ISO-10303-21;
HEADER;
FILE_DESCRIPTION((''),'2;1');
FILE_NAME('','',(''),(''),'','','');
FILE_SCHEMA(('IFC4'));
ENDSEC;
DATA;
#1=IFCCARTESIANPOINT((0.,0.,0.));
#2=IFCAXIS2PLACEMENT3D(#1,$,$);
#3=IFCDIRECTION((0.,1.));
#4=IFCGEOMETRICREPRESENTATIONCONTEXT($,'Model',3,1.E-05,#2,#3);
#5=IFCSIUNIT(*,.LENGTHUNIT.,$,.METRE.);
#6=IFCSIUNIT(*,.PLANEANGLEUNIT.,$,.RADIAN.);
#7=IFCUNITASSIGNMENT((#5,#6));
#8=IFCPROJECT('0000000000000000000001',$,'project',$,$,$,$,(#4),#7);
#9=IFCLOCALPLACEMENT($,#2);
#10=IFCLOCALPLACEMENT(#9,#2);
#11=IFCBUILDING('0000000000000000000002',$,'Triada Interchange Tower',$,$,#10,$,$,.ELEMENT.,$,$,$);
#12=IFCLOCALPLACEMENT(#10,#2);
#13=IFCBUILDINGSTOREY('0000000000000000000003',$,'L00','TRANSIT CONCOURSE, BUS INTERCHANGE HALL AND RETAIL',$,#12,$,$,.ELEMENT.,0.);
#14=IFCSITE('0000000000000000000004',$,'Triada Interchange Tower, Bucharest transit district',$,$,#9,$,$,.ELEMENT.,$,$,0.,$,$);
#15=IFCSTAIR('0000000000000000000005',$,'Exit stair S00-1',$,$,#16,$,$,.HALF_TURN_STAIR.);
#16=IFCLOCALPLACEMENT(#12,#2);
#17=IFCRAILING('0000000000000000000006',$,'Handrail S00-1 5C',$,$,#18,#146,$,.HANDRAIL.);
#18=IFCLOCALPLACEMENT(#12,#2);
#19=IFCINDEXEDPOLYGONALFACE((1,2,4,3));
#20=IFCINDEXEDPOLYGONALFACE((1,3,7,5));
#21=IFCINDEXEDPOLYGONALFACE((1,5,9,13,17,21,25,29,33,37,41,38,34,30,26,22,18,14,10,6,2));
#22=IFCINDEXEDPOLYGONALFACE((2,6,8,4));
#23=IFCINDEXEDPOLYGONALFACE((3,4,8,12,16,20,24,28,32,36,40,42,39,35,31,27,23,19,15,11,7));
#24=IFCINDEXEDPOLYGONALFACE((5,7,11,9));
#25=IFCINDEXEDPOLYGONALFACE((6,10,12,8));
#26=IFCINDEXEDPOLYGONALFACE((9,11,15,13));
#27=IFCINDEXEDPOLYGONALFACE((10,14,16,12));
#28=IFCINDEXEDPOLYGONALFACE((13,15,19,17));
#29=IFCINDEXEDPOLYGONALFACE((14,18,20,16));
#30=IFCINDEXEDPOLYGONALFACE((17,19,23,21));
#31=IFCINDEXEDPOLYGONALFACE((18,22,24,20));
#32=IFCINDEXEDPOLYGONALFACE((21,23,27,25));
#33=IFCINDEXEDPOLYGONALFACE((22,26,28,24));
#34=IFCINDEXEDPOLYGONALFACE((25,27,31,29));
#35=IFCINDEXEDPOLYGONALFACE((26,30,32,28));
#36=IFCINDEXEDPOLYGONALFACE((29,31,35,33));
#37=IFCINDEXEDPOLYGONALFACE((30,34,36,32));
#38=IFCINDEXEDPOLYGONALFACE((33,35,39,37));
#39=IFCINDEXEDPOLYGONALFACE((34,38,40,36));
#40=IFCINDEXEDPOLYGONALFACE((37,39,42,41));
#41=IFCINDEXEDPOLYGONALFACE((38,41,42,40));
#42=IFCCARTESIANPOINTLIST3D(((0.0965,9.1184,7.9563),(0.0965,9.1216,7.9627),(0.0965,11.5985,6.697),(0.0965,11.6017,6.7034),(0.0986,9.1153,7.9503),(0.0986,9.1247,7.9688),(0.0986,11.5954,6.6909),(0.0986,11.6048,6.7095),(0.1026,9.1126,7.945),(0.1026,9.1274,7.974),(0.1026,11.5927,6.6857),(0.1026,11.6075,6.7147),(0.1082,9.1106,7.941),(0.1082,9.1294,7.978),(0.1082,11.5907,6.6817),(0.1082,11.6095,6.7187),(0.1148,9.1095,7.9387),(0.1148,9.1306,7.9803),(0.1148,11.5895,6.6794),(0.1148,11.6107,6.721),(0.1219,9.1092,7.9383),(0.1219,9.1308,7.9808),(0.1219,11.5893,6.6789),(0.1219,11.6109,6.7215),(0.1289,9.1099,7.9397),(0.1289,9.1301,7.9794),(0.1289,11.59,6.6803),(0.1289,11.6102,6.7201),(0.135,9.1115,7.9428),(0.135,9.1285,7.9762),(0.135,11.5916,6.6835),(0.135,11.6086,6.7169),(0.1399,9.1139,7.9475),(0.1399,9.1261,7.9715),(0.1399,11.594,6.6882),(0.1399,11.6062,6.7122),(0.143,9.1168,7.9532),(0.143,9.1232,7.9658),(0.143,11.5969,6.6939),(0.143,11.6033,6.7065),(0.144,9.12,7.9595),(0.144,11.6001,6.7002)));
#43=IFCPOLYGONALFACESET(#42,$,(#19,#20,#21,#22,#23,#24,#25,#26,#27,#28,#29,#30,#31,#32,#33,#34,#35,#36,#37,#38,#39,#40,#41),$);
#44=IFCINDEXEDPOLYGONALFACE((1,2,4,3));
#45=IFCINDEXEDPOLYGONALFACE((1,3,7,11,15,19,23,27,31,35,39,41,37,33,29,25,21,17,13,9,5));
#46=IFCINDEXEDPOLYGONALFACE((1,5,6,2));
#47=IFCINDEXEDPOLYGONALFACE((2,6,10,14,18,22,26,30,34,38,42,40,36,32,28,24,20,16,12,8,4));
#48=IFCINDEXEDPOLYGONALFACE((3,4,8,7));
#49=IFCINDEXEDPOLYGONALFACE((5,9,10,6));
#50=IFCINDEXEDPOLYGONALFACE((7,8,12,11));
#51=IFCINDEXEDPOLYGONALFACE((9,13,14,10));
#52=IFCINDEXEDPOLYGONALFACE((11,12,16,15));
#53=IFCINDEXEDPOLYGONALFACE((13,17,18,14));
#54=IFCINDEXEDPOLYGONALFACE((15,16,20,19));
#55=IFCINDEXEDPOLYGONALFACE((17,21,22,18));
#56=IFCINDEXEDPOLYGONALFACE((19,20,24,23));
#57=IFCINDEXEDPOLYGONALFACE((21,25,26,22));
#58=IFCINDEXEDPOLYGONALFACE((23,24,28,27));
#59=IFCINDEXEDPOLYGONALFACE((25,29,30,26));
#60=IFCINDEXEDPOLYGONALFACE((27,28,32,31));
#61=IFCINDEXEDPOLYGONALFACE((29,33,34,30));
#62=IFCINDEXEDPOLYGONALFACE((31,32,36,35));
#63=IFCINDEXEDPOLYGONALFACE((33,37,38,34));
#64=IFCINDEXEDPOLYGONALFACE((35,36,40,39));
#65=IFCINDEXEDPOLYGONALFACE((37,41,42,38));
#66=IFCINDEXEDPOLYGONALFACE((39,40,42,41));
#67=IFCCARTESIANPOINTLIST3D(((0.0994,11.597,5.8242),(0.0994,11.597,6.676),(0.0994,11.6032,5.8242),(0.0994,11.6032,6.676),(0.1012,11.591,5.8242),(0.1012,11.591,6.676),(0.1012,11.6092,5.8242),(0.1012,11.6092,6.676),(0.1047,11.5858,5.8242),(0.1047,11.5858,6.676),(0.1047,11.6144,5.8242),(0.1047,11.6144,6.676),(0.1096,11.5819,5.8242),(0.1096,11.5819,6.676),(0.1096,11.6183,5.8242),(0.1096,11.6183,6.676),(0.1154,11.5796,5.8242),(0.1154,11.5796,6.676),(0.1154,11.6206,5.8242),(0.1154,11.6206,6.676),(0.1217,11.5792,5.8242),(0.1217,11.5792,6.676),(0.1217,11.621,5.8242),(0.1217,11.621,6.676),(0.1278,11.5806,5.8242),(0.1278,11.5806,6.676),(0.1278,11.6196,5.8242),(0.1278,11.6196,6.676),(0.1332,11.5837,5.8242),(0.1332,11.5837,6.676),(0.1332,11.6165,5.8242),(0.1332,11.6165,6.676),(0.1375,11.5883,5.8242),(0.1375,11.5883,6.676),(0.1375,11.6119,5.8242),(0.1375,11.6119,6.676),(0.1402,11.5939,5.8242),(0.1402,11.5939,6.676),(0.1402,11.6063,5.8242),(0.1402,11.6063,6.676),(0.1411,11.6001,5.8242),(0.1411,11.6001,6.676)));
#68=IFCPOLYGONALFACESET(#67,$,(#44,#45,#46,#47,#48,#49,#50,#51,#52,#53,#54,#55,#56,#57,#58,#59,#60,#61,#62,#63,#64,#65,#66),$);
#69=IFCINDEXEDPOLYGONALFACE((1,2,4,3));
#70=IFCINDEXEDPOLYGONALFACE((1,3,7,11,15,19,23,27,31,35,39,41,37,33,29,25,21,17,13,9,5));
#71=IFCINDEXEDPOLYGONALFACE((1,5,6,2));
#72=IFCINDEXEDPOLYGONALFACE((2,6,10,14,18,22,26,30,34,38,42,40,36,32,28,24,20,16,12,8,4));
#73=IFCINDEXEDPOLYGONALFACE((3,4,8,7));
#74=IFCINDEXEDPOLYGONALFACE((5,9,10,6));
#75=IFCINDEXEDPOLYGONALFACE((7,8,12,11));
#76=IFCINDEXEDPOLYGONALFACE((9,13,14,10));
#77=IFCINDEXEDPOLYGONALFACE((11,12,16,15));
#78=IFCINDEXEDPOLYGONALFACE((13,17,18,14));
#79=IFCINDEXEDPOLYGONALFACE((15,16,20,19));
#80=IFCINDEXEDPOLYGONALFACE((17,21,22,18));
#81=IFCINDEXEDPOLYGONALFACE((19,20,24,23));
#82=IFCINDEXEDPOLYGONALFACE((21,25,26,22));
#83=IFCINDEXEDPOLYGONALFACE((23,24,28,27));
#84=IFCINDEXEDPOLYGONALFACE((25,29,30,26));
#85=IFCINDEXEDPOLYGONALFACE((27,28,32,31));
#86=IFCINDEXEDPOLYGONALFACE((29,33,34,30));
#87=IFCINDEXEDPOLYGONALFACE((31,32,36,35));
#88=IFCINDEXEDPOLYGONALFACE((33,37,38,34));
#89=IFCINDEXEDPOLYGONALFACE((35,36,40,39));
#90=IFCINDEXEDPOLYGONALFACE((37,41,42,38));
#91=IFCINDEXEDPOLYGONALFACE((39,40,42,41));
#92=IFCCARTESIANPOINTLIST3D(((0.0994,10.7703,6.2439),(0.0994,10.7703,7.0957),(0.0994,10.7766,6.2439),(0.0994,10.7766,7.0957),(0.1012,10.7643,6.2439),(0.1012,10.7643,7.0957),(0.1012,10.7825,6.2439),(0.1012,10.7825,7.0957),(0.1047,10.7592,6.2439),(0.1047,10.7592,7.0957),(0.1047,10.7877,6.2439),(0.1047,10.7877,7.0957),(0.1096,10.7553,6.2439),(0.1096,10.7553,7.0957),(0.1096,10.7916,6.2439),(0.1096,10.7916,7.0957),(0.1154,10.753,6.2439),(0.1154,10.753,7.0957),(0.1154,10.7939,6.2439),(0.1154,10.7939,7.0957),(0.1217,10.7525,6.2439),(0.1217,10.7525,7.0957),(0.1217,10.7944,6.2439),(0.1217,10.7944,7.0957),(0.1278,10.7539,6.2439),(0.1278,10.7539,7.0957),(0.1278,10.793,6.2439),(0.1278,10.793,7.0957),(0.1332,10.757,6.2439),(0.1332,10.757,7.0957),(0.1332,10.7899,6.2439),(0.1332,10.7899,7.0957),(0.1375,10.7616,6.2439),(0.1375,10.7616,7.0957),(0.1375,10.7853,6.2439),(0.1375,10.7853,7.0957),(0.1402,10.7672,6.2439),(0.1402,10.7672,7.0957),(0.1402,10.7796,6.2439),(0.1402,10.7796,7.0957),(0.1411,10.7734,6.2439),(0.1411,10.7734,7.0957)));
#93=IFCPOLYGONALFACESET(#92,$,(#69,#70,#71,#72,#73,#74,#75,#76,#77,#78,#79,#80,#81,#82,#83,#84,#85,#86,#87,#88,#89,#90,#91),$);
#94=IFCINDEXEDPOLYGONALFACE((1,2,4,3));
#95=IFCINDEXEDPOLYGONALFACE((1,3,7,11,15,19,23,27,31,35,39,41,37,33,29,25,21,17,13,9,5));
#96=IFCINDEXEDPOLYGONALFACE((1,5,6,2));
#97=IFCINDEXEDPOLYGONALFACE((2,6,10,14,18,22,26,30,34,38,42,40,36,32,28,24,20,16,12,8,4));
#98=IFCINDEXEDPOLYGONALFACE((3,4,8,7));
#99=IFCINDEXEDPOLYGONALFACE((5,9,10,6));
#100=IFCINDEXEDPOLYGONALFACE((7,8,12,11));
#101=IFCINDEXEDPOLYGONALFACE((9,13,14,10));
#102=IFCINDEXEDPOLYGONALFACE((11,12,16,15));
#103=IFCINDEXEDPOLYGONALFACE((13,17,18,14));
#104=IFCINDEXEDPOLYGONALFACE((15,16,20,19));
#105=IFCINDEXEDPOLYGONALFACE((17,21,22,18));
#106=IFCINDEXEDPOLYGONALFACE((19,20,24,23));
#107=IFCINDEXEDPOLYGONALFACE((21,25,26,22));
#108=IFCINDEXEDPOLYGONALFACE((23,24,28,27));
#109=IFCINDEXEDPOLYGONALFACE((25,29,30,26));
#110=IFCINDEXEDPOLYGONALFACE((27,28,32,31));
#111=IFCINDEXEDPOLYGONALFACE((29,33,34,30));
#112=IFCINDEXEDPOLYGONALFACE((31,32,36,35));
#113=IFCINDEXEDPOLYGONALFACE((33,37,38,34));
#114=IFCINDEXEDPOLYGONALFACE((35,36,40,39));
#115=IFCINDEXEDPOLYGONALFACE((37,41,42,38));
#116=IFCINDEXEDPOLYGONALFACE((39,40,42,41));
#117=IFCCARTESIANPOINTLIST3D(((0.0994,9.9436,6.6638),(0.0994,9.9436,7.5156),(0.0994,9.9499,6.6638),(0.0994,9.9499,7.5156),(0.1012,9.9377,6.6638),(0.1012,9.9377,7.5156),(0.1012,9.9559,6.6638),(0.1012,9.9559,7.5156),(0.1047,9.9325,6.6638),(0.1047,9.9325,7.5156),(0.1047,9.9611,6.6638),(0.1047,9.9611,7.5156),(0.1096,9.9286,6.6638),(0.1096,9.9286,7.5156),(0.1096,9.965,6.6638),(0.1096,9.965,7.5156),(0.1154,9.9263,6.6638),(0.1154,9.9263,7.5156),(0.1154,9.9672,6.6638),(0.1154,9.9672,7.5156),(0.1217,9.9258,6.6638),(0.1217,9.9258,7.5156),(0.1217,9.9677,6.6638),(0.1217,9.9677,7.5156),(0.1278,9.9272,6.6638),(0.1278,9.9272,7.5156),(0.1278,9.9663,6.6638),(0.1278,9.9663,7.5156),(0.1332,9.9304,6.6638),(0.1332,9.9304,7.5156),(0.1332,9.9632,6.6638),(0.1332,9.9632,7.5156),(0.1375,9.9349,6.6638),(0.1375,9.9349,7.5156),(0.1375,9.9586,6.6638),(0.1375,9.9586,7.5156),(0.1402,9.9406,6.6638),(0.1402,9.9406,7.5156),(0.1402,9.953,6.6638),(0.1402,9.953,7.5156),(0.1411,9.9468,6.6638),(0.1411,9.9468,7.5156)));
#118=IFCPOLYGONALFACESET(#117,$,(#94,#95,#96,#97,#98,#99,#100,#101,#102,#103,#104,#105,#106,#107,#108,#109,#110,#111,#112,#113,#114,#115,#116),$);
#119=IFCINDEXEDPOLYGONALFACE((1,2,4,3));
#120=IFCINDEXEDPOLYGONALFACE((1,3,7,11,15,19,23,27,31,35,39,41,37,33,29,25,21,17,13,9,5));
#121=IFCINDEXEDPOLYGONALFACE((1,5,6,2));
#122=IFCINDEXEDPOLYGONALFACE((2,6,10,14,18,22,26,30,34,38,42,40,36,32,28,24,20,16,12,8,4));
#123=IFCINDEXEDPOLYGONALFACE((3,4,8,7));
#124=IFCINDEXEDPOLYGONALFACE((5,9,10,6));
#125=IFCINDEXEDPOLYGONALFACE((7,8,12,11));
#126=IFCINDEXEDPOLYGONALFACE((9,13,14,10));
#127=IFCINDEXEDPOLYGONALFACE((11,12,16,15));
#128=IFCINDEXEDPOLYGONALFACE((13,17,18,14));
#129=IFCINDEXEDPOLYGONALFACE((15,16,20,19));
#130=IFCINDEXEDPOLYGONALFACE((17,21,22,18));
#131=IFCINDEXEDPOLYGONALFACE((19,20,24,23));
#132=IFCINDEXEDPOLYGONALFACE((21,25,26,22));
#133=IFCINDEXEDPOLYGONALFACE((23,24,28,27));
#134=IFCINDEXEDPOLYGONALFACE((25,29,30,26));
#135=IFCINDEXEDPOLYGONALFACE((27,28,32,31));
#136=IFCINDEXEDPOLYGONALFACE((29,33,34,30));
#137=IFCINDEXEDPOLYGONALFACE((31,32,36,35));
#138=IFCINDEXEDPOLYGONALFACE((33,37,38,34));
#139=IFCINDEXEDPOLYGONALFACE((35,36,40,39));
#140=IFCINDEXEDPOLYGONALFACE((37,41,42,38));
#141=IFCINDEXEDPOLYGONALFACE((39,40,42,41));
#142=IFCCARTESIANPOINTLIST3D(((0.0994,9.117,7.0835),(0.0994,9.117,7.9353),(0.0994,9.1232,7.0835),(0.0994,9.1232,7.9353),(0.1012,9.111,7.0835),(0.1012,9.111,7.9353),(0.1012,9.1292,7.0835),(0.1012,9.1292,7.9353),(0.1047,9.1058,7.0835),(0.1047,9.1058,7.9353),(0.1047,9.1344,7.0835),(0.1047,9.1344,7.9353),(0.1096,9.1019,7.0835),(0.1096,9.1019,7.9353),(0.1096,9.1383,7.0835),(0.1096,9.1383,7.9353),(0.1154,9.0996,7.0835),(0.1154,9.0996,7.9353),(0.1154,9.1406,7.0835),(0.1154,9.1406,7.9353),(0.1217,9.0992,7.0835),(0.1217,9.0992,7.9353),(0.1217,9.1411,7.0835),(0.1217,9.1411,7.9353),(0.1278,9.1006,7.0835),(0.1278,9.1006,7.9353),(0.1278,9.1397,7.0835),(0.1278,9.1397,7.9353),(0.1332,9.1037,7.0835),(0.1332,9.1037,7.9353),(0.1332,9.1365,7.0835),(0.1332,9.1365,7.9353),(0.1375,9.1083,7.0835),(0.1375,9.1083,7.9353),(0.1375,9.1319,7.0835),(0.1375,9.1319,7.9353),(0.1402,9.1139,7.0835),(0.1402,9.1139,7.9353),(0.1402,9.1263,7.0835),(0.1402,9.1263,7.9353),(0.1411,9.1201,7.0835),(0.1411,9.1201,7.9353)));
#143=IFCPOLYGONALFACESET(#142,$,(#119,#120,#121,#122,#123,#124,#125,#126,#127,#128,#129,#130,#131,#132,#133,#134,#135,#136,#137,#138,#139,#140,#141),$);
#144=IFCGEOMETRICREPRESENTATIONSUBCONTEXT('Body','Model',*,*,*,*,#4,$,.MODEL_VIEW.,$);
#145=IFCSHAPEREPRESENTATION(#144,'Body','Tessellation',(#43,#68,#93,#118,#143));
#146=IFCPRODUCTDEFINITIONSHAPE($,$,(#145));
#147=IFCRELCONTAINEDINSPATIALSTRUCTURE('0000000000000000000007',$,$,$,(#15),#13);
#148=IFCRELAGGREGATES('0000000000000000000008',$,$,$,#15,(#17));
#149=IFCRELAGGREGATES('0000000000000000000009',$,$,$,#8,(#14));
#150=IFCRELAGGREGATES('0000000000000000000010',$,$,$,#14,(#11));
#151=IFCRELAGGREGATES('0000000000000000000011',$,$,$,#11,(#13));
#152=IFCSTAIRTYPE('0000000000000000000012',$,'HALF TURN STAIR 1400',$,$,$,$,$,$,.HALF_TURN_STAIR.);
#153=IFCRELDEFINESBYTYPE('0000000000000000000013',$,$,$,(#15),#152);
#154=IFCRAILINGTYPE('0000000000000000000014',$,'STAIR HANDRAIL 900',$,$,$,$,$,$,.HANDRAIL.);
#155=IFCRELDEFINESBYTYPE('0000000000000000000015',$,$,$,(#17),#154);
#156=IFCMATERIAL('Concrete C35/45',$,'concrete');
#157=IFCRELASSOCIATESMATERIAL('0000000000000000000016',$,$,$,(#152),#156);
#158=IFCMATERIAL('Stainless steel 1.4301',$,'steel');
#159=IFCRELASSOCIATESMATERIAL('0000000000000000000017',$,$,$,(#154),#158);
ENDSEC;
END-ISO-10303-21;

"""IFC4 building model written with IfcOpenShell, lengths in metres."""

from ifc_helpers import new_model, si_unit, direction, frame, origin, origin_2d, place, context, subcontext, project, spatial, circle, extrude, material, type_object, element, aggregate, save


model = new_model("IFC4")

# Units and contexts
model_context = context("Model", 3, precision=1e-05, world=origin(), true_north=direction((0.0, 1.0)))
body_context = subcontext(model_context, "Body", "Model", "MODEL_VIEW")
ifc_project = project(units=[si_unit("LENGTHUNIT", "METRE"), si_unit("PLANEANGLEUNIT", "RADIAN")], contexts=[model_context])

# Site, building, storey
site_placement = place(None, origin())
site = spatial("IfcSite", under=ifc_project, at=site_placement, Name="Triada Interchange Tower, Bucharest transit district", CompositionType="ELEMENT", RefElevation=0.0)
building_placement = place(site_placement, origin())
building = spatial("IfcBuilding", under=site, at=building_placement, Name="Triada Interchange Tower", CompositionType="ELEMENT")
storey_placement = place(building_placement, origin())
storey = spatial("IfcBuildingStorey", under=building, at=storey_placement, Name="L00", Description="TRANSIT CONCOURSE, BUS INTERCHANGE HALL AND RETAIL", CompositionType="ELEMENT", Elevation=0.0)

# Shared definitions
ifc_material_1 = material(Name="Concrete C35/45", Category="concrete")
stair_type = type_object("IfcStairType", Name="HALF TURN STAIR 1400", PredefinedType="HALF_TURN_STAIR", material=ifc_material_1)

# Stair, railing
stair_1_placement = place(storey_placement, origin())
stair_1 = element("IfcStair", 1, at=stair_1_placement, inside=storey, type_object=stair_type, Name="Exit stair S00-1", PredefinedType="HALF_TURN_STAIR")
ifc_material_2 = material(Name="Stainless steel 1.4301", Category="steel")
railing_type = type_object("IfcRailingType", Name="STAIR HANDRAIL 900", PredefinedType="HANDRAIL", material=ifc_material_2)
railing_1_placement = place(storey_placement, frame((0.1201, 11.6001, 5.8242)))
railing_1 = element("IfcRailing", 2, at=railing_1_placement, type_object=railing_type, Name="Handrail S00-1 5C", PredefinedType="HANDRAIL", context=body_context, shape_type="SweptSolid", body=[
    extrude(circle(Radius=0.0239, at=origin_2d()), frame((0.0, 0.0, 0.876), z_axis=(0.0, -0.891636, 0.452752), x_axis=(1.0, 0.0, 0.0)), (0.0, 0.0, 1.0), 2.7815),
    extrude(circle(Radius=0.021, at=origin_2d()), origin(), (0.0, 0.0, 1.0), 0.8518),
    extrude(circle(Radius=0.021, at=origin_2d()), frame((0.0, -0.8267, 0.4197)), (0.0, 0.0, 1.0), 0.8518),
    extrude(circle(Radius=0.021, at=origin_2d()), frame((0.0, -1.6533, 0.8396)), (0.0, 0.0, 1.0), 0.8518),
    extrude(circle(Radius=0.021, at=origin_2d()), frame((0.0, -2.48, 1.2593)), (0.0, 0.0, 1.0), 0.8518),
])
aggregate(stair_1, [railing_1])

save(model, "model.ifc")
